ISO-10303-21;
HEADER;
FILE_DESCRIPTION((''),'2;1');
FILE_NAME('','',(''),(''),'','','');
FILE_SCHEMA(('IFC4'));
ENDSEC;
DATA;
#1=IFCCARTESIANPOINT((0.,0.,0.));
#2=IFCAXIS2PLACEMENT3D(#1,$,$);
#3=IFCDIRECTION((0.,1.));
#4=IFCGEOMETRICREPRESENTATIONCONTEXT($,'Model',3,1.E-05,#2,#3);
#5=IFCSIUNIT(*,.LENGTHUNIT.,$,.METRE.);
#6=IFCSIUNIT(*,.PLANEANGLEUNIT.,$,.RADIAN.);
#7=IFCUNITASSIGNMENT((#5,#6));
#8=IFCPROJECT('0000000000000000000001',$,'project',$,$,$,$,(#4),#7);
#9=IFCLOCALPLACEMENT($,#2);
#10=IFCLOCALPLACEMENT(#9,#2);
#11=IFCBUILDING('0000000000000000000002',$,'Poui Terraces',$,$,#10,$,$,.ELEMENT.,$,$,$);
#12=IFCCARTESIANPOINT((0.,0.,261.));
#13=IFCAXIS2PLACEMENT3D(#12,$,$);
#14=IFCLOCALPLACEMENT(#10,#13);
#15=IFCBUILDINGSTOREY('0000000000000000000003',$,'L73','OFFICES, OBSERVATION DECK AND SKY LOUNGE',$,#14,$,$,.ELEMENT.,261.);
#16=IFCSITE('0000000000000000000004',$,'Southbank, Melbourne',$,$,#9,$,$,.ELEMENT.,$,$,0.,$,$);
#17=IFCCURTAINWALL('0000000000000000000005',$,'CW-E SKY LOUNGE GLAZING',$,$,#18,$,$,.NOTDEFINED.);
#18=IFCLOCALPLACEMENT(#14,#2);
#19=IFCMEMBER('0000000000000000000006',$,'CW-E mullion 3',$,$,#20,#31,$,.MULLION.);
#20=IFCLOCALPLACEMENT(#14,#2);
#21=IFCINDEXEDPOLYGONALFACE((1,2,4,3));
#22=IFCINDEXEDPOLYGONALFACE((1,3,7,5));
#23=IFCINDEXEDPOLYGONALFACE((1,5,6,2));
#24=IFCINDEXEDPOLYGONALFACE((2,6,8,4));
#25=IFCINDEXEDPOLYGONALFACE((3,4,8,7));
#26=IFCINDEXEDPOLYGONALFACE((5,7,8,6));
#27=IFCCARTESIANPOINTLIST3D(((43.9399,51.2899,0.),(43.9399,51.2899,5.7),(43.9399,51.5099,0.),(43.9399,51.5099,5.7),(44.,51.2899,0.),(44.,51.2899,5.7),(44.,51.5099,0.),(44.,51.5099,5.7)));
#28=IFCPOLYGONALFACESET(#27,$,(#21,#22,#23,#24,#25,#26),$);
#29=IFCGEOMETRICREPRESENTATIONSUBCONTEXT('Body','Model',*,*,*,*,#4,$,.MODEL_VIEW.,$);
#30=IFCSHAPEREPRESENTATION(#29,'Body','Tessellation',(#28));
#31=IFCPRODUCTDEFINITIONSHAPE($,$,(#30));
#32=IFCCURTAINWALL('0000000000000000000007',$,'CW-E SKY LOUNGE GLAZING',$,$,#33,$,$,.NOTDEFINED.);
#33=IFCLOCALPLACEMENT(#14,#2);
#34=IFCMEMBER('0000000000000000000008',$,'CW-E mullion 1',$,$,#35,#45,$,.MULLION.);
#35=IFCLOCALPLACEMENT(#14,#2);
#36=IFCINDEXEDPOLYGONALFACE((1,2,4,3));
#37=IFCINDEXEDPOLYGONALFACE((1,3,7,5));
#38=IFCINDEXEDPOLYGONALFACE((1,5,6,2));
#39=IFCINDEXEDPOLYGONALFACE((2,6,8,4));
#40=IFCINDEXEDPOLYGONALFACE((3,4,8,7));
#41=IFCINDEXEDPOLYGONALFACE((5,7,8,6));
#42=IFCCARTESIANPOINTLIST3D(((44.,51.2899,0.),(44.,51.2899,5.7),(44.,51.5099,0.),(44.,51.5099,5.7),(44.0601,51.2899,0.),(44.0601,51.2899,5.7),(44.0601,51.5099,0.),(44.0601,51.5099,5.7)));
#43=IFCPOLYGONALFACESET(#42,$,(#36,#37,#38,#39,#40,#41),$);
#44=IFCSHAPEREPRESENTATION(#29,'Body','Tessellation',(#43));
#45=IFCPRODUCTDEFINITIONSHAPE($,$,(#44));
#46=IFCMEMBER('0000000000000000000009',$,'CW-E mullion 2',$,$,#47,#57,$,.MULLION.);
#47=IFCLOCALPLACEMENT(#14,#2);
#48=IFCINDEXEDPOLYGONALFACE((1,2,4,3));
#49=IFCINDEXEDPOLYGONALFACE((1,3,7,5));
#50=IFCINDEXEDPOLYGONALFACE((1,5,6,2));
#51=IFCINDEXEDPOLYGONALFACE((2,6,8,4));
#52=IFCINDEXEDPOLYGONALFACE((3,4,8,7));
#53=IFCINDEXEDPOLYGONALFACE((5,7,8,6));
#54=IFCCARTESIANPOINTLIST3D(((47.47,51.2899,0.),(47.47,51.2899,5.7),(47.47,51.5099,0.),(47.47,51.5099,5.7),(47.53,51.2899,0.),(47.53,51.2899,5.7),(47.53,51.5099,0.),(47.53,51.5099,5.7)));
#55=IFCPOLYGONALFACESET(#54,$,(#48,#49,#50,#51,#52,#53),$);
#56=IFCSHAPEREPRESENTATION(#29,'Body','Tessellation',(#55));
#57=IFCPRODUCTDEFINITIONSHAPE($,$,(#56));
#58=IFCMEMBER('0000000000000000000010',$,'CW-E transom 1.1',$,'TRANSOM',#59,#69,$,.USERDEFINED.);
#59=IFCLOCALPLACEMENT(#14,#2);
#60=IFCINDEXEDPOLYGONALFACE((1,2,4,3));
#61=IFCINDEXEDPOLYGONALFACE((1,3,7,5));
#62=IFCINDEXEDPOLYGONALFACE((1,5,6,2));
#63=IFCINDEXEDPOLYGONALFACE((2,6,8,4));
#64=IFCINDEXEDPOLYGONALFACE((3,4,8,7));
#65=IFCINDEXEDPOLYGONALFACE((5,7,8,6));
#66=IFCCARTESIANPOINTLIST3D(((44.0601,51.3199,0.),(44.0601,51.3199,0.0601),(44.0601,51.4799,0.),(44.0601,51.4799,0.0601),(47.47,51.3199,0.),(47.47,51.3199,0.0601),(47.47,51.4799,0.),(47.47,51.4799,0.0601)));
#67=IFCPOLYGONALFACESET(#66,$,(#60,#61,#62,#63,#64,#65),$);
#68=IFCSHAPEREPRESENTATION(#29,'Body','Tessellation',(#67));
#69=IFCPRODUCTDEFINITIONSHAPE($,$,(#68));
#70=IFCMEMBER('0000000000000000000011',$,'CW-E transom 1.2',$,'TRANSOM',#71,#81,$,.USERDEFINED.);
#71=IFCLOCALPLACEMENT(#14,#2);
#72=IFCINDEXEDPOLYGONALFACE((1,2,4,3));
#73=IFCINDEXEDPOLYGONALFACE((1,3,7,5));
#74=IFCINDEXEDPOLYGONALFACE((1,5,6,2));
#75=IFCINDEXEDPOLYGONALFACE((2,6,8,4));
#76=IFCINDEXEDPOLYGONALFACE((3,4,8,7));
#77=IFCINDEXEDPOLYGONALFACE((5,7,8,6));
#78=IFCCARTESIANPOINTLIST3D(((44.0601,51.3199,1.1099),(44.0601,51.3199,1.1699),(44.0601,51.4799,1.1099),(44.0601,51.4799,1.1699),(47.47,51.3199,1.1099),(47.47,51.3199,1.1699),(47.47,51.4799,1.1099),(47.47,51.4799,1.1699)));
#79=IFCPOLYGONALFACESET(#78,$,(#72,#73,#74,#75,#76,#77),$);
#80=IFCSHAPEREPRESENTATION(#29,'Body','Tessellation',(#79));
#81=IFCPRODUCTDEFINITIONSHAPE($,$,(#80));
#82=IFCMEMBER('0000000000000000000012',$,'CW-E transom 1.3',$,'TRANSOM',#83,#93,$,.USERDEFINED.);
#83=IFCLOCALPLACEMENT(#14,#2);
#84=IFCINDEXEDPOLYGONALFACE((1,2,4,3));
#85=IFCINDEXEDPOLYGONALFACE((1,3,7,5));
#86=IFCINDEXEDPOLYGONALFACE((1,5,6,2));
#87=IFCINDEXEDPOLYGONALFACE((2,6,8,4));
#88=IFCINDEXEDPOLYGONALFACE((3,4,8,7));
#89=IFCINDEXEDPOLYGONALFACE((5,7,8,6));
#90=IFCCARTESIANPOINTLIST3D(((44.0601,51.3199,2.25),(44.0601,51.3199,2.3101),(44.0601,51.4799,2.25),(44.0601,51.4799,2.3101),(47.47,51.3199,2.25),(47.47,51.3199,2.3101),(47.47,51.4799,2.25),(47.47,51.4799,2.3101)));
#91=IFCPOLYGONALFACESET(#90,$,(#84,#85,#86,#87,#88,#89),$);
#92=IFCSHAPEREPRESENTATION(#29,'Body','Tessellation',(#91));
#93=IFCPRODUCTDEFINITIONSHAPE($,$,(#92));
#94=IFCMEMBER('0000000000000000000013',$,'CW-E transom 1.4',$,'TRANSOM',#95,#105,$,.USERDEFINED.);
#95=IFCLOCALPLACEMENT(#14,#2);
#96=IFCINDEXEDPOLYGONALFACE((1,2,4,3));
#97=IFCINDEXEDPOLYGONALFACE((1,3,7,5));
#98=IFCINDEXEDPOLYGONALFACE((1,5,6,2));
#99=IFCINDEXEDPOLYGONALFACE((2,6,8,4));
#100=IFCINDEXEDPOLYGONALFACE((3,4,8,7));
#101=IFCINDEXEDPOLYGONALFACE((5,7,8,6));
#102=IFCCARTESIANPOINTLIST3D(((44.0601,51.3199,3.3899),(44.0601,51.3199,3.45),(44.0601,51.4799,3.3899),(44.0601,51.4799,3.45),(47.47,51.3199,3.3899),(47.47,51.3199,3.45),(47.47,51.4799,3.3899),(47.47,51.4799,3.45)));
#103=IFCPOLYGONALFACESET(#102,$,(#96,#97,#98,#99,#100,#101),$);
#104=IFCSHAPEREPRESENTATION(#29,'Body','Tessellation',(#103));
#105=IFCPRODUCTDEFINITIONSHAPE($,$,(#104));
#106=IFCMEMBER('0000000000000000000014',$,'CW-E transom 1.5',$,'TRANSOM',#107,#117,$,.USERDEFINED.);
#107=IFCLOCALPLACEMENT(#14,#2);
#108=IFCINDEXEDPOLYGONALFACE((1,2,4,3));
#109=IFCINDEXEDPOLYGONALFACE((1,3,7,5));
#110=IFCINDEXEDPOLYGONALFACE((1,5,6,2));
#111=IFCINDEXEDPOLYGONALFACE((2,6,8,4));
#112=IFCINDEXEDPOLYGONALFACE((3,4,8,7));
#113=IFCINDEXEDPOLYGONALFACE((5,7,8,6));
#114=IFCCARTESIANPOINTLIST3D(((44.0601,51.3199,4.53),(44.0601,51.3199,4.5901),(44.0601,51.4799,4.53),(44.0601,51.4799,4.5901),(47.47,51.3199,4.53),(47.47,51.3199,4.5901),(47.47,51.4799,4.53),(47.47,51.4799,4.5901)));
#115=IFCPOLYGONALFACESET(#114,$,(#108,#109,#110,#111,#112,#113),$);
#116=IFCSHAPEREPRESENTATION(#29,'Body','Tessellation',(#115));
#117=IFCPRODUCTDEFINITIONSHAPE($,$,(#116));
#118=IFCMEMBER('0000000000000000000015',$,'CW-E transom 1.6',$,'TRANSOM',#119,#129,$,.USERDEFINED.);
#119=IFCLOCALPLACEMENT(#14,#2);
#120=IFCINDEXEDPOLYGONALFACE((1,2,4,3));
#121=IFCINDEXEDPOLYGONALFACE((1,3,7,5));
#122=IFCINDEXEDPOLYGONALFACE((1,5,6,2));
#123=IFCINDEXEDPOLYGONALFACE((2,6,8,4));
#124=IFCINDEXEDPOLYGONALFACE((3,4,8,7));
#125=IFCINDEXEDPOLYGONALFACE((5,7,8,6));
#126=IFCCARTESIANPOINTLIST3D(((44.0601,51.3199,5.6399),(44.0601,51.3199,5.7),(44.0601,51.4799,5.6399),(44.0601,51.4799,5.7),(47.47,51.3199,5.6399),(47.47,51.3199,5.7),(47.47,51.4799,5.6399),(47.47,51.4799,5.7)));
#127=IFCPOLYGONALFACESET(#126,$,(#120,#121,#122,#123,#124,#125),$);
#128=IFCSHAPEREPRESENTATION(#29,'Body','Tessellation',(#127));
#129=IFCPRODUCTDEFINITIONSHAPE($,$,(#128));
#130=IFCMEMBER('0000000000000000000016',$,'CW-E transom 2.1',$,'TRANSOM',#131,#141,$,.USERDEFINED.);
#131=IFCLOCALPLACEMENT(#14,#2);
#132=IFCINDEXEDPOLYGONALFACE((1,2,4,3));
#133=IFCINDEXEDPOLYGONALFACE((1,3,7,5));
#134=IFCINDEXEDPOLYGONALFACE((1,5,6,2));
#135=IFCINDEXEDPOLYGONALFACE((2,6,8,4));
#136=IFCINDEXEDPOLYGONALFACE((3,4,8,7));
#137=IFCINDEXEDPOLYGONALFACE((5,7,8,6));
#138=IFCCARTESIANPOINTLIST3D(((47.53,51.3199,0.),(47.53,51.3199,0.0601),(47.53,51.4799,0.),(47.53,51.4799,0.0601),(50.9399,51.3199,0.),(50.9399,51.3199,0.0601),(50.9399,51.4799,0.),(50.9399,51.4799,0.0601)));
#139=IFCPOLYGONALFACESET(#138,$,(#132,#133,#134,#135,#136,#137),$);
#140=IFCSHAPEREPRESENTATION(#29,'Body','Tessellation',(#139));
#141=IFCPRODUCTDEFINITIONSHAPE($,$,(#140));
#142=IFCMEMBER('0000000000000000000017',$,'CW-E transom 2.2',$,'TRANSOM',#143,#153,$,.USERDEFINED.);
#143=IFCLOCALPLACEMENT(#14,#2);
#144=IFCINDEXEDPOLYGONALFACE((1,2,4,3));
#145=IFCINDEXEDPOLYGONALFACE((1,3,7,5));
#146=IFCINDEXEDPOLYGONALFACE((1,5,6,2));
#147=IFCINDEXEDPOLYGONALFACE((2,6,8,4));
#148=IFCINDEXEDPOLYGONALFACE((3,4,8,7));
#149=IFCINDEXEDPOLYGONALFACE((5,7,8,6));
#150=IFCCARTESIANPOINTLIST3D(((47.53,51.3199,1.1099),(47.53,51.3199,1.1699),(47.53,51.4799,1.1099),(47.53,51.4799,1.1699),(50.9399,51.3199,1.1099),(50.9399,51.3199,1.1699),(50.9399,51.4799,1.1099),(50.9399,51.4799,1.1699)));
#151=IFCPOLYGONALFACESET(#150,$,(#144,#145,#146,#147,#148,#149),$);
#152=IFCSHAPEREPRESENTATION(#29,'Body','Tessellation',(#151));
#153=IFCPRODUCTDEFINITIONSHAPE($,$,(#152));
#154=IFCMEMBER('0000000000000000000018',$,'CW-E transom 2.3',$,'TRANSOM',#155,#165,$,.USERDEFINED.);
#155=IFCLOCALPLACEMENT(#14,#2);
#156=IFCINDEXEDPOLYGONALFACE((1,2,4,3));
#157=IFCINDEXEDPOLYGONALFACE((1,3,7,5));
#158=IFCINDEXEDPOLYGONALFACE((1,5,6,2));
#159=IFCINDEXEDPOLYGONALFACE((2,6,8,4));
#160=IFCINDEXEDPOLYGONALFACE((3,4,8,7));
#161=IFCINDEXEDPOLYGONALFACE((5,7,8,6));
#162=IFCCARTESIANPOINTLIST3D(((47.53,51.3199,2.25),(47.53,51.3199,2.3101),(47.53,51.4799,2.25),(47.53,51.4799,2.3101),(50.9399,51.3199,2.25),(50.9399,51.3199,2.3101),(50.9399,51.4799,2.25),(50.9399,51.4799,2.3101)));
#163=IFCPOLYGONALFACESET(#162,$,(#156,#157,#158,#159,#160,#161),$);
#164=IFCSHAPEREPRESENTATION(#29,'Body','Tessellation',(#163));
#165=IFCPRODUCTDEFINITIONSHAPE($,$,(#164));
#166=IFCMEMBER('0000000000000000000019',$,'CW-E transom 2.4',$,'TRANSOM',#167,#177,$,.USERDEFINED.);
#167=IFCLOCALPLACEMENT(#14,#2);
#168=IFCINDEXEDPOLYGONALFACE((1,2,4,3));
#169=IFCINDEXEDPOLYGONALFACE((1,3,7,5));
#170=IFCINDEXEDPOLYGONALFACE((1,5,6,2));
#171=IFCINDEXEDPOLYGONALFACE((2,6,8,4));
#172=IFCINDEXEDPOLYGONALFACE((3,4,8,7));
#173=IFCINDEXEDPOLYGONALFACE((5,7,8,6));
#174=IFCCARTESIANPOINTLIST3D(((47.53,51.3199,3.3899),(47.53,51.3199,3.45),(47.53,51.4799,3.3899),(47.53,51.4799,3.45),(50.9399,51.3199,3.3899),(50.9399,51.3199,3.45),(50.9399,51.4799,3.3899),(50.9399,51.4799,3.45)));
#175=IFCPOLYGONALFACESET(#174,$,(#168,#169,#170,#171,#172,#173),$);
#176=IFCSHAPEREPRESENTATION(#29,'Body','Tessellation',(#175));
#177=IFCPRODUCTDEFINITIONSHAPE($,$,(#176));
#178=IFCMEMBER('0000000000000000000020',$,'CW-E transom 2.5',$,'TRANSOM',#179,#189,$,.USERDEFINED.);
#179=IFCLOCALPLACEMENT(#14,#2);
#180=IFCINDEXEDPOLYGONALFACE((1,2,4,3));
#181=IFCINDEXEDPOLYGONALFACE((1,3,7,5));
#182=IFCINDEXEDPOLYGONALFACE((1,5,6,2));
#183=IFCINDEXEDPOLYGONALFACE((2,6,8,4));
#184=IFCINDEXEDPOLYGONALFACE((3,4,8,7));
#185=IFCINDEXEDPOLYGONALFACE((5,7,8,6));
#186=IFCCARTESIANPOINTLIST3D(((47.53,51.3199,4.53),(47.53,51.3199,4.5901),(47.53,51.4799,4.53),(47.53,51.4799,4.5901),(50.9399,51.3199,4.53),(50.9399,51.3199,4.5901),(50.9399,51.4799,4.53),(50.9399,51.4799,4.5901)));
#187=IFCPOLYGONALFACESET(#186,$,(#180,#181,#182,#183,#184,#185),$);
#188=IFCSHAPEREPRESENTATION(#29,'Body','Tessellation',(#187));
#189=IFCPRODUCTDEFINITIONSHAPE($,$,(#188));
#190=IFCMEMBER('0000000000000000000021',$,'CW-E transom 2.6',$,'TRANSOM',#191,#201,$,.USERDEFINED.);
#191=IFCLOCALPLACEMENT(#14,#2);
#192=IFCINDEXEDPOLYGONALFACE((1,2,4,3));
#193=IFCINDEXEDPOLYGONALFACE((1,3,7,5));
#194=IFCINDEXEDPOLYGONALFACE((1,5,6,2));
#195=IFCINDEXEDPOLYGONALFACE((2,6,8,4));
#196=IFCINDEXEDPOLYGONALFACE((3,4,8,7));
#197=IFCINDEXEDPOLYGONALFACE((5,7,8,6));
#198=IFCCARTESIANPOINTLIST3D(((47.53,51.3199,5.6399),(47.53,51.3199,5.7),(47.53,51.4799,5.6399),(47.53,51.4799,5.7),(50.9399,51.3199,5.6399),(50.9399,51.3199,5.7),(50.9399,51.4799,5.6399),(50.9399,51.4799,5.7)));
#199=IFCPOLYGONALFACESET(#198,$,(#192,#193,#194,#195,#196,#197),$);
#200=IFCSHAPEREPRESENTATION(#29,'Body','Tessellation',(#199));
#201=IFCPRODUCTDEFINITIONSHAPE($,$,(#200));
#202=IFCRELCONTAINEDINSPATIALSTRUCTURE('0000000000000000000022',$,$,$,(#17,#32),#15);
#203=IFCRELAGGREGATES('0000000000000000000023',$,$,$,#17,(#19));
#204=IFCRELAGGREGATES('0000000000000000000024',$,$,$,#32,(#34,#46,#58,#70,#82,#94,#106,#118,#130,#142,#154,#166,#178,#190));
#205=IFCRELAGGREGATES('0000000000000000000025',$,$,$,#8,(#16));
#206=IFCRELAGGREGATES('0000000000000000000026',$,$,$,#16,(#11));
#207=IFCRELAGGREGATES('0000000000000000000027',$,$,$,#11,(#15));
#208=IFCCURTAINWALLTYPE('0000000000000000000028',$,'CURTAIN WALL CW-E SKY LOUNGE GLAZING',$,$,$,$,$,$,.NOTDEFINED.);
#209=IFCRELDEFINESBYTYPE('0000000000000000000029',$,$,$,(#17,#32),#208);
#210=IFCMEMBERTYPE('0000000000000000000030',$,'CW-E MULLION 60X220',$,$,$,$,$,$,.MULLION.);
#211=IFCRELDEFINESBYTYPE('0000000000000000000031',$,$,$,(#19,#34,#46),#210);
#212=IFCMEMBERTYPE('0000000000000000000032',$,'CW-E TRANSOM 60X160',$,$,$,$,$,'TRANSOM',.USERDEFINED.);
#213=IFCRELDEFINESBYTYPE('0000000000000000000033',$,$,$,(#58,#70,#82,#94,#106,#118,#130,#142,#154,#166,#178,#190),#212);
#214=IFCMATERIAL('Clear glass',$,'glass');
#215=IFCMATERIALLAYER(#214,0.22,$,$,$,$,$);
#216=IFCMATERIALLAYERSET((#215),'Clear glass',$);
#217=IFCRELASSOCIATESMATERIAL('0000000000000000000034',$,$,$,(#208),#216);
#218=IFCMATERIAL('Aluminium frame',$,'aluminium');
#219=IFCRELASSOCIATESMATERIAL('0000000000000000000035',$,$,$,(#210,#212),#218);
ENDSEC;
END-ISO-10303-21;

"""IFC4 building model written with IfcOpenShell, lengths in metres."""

from ifc_helpers import new_model, si_unit, direction, frame, origin, origin_2d, place, context, subcontext, project, spatial, rectangle, extrude, material, layer, layer_set, material_profile, profile_set, type_object, element, aggregate, save


model = new_model("IFC4")

# Units and contexts
model_context = context("Model", 3, precision=1e-05, world=origin(), true_north=direction((0.0, 1.0)))
body_context = subcontext(model_context, "Body", "Model", "MODEL_VIEW")
ifc_project = project(units=[si_unit("LENGTHUNIT", "METRE"), si_unit("PLANEANGLEUNIT", "RADIAN")], contexts=[model_context])

# Site, building, storey
site_placement = place(None, origin())
site = spatial("IfcSite", under=ifc_project, at=site_placement, Name="Southbank, Melbourne", CompositionType="ELEMENT", RefElevation=0.0)
building_placement = place(site_placement, origin())
building = spatial("IfcBuilding", under=site, at=building_placement, Name="Poui Terraces", CompositionType="ELEMENT")
storey_placement = place(building_placement, frame((0.0, 0.0, 261.0)))
storey = spatial("IfcBuildingStorey", under=building, at=storey_placement, Name="L73", Description="OFFICES, OBSERVATION DECK AND SKY LOUNGE", CompositionType="ELEMENT", Elevation=261.0)

# Curtain wall, member
ifc_material_1 = material(Name="Clear glass", Category="glass")
ifc_layer_1 = layer(ifc_material_1, 0.22)
ifc_layer_set_1 = layer_set([ifc_layer_1], Name="Clear glass")
curtain_wall_type = type_object("IfcCurtainWallType", Name="CURTAIN WALL CW-E SKY LOUNGE GLAZING", PredefinedType="NOTDEFINED", material=ifc_layer_set_1)
curtain_wall_1_placement = place(storey_placement, origin())
curtain_wall_1 = element("IfcCurtainWall", 1, at=curtain_wall_1_placement, inside=storey, type_object=curtain_wall_type, Name="CW-E SKY LOUNGE GLAZING", PredefinedType="NOTDEFINED")
ifc_material_2 = material(Name="Aluminium frame", Category="aluminium")
ifc_material_profile_1 = material_profile(ifc_material_2, rectangle(XDim=0.22, YDim=0.0601, at=origin_2d()), Name="CW-E MULLION 60X220")
ifc_profile_set_1 = profile_set([ifc_material_profile_1], Name="Aluminium frame")
member_type_1 = type_object("IfcMemberType", Name="CW-E MULLION 60X220", PredefinedType="MULLION", material=ifc_profile_set_1)
member_1_placement = place(storey_placement, frame((43.97, 51.3999, 0.0), z_axis=(0.0, 0.0, 1.0), x_axis=(0.0, 1.0, 0.0)))
member_1 = element("IfcMember", 2, at=member_1_placement, type_object=member_type_1, Name="CW-E mullion 3", PredefinedType="MULLION", context=body_context, shape_type="SweptSolid", body=[
    extrude(rectangle(XDim=0.22, YDim=0.0601, at=origin_2d()), origin(), (0.0, 0.0, 1.0), 5.7),
])

# Curtain wall, members
curtain_wall_2_placement = place(storey_placement, origin())
curtain_wall_2 = element("IfcCurtainWall", 3, at=curtain_wall_2_placement, inside=storey, type_object=curtain_wall_type, Name="CW-E SKY LOUNGE GLAZING", PredefinedType="NOTDEFINED")
member_2_placement = place(storey_placement, frame((44.03, 51.3999, 0.0), z_axis=(0.0, 0.0, 1.0), x_axis=(0.0, 1.0, 0.0)))
member_2 = element("IfcMember", 4, at=member_2_placement, type_object=member_type_1, Name="CW-E mullion 1", PredefinedType="MULLION", context=body_context, shape_type="SweptSolid", body=[
    extrude(rectangle(XDim=0.22, YDim=0.0601, at=origin_2d()), origin(), (0.0, 0.0, 1.0), 5.7),
])
member_3_placement = place(storey_placement, frame((47.5, 51.3999, 0.0), z_axis=(0.0, 0.0, 1.0), x_axis=(0.0, 1.0, 0.0)))
member_3 = element("IfcMember", 5, at=member_3_placement, type_object=member_type_1, Name="CW-E mullion 2", PredefinedType="MULLION", context=body_context, shape_type="SweptSolid", body=[
    extrude(rectangle(XDim=0.22, YDim=0.0601, at=origin_2d()), origin(), (0.0, 0.0, 1.0), 5.7),
])
ifc_material_profile_2 = material_profile(ifc_material_2, rectangle(XDim=0.1599, YDim=0.0601, at=origin_2d()), Name="CW-E TRANSOM 60X160")
ifc_profile_set_2 = profile_set([ifc_material_profile_2], Name="Aluminium frame")
member_type_2 = type_object("IfcMemberType", Name="CW-E TRANSOM 60X160", ElementType="TRANSOM", PredefinedType="USERDEFINED", material=ifc_profile_set_2)
member_4_placement = place(storey_placement, frame((44.0601, 51.3999, 0.03), z_axis=(1.0, 0.0, 0.0), x_axis=(0.0, 1.0, 0.0)))
member_4 = element("IfcMember", 6, at=member_4_placement, type_object=member_type_2, Name="CW-E transom 1.1", ObjectType="TRANSOM", PredefinedType="USERDEFINED", context=body_context, shape_type="SweptSolid", body=[
    extrude(rectangle(XDim=0.1599, YDim=0.0601, at=origin_2d()), origin(), (0.0, 0.0, 1.0), 3.4099),
])
member_5_placement = place(storey_placement, frame((44.0601, 51.3999, 1.1399), z_axis=(1.0, 0.0, 0.0), x_axis=(0.0, 1.0, 0.0)))
member_5 = element("IfcMember", 7, at=member_5_placement, type_object=member_type_2, Name="CW-E transom 1.2", ObjectType="TRANSOM", PredefinedType="USERDEFINED", context=body_context, shape_type="SweptSolid", body=[
    extrude(rectangle(XDim=0.1599, YDim=0.0601, at=origin_2d()), origin(), (0.0, 0.0, 1.0), 3.4099),
])
member_6_placement = place(storey_placement, frame((44.0601, 51.3999, 2.28), z_axis=(1.0, 0.0, 0.0), x_axis=(0.0, 1.0, 0.0)))
member_6 = element("IfcMember", 8, at=member_6_placement, type_object=member_type_2, Name="CW-E transom 1.3", ObjectType="TRANSOM", PredefinedType="USERDEFINED", context=body_context, shape_type="SweptSolid", body=[
    extrude(rectangle(XDim=0.1599, YDim=0.0601, at=origin_2d()), origin(), (0.0, 0.0, 1.0), 3.4099),
])
member_7_placement = place(storey_placement, frame((44.0601, 51.3999, 3.4199), z_axis=(1.0, 0.0, 0.0), x_axis=(0.0, 1.0, 0.0)))
member_7 = element("IfcMember", 9, at=member_7_placement, type_object=member_type_2, Name="CW-E transom 1.4", ObjectType="TRANSOM", PredefinedType="USERDEFINED", context=body_context, shape_type="SweptSolid", body=[
    extrude(rectangle(XDim=0.1599, YDim=0.0601, at=origin_2d()), origin(), (0.0, 0.0, 1.0), 3.4099),
])
member_8_placement = place(storey_placement, frame((44.0601, 51.3999, 4.5601), z_axis=(1.0, 0.0, 0.0), x_axis=(0.0, 1.0, 0.0)))
member_8 = element("IfcMember", 10, at=member_8_placement, type_object=member_type_2, Name="CW-E transom 1.5", ObjectType="TRANSOM", PredefinedType="USERDEFINED", context=body_context, shape_type="SweptSolid", body=[
    extrude(rectangle(XDim=0.1599, YDim=0.0601, at=origin_2d()), origin(), (0.0, 0.0, 1.0), 3.4099),
])
member_9_placement = place(storey_placement, frame((44.0601, 51.3999, 5.6699), z_axis=(1.0, 0.0, 0.0), x_axis=(0.0, 1.0, 0.0)))
member_9 = element("IfcMember", 11, at=member_9_placement, type_object=member_type_2, Name="CW-E transom 1.6", ObjectType="TRANSOM", PredefinedType="USERDEFINED", context=body_context, shape_type="SweptSolid", body=[
    extrude(rectangle(XDim=0.1599, YDim=0.0601, at=origin_2d()), origin(), (0.0, 0.0, 1.0), 3.4099),
])
member_10_placement = place(storey_placement, frame((47.53, 51.3999, 0.03), z_axis=(1.0, 0.0, 0.0), x_axis=(0.0, 1.0, 0.0)))
member_10 = element("IfcMember", 12, at=member_10_placement, type_object=member_type_2, Name="CW-E transom 2.1", ObjectType="TRANSOM", PredefinedType="USERDEFINED", context=body_context, shape_type="SweptSolid", body=[
    extrude(rectangle(XDim=0.1599, YDim=0.0601, at=origin_2d()), origin(), (0.0, 0.0, 1.0), 3.4099),
])
member_11_placement = place(storey_placement, frame((47.53, 51.3999, 1.1399), z_axis=(1.0, 0.0, 0.0), x_axis=(0.0, 1.0, 0.0)))
member_11 = element("IfcMember", 13, at=member_11_placement, type_object=member_type_2, Name="CW-E transom 2.2", ObjectType="TRANSOM", PredefinedType="USERDEFINED", context=body_context, shape_type="SweptSolid", body=[
    extrude(rectangle(XDim=0.1599, YDim=0.0601, at=origin_2d()), origin(), (0.0, 0.0, 1.0), 3.4099),
])
member_12_placement = place(storey_placement, frame((47.53, 51.3999, 2.28), z_axis=(1.0, 0.0, 0.0), x_axis=(0.0, 1.0, 0.0)))
member_12 = element("IfcMember", 14, at=member_12_placement, type_object=member_type_2, Name="CW-E transom 2.3", ObjectType="TRANSOM", PredefinedType="USERDEFINED", context=body_context, shape_type="SweptSolid", body=[
    extrude(rectangle(XDim=0.1599, YDim=0.0601, at=origin_2d()), origin(), (0.0, 0.0, 1.0), 3.4099),
])
member_13_placement = place(storey_placement, frame((47.53, 51.3999, 3.4199), z_axis=(1.0, 0.0, 0.0), x_axis=(0.0, 1.0, 0.0)))
member_13 = element("IfcMember", 15, at=member_13_placement, type_object=member_type_2, Name="CW-E transom 2.4", ObjectType="TRANSOM", PredefinedType="USERDEFINED", context=body_context, shape_type="SweptSolid", body=[
    extrude(rectangle(XDim=0.1599, YDim=0.0601, at=origin_2d()), origin(), (0.0, 0.0, 1.0), 3.4099),
])
member_14_placement = place(storey_placement, frame((47.53, 51.3999, 4.5601), z_axis=(1.0, 0.0, 0.0), x_axis=(0.0, 1.0, 0.0)))
member_14 = element("IfcMember", 16, at=member_14_placement, type_object=member_type_2, Name="CW-E transom 2.5", ObjectType="TRANSOM", PredefinedType="USERDEFINED", context=body_context, shape_type="SweptSolid", body=[
    extrude(rectangle(XDim=0.1599, YDim=0.0601, at=origin_2d()), origin(), (0.0, 0.0, 1.0), 3.4099),
])
member_15_placement = place(storey_placement, frame((47.53, 51.3999, 5.6699), z_axis=(1.0, 0.0, 0.0), x_axis=(0.0, 1.0, 0.0)))
member_15 = element("IfcMember", 17, at=member_15_placement, type_object=member_type_2, Name="CW-E transom 2.6", ObjectType="TRANSOM", PredefinedType="USERDEFINED", context=body_context, shape_type="SweptSolid", body=[
    extrude(rectangle(XDim=0.1599, YDim=0.0601, at=origin_2d()), origin(), (0.0, 0.0, 1.0), 3.4099),
])

aggregate(curtain_wall_1, [member_1])
aggregate(curtain_wall_2, [member_2, member_3, member_4, member_5, member_6, member_7, member_8, member_9, member_10, member_11, member_12, member_13, member_14, member_15])

save(model, "model.ifc")
